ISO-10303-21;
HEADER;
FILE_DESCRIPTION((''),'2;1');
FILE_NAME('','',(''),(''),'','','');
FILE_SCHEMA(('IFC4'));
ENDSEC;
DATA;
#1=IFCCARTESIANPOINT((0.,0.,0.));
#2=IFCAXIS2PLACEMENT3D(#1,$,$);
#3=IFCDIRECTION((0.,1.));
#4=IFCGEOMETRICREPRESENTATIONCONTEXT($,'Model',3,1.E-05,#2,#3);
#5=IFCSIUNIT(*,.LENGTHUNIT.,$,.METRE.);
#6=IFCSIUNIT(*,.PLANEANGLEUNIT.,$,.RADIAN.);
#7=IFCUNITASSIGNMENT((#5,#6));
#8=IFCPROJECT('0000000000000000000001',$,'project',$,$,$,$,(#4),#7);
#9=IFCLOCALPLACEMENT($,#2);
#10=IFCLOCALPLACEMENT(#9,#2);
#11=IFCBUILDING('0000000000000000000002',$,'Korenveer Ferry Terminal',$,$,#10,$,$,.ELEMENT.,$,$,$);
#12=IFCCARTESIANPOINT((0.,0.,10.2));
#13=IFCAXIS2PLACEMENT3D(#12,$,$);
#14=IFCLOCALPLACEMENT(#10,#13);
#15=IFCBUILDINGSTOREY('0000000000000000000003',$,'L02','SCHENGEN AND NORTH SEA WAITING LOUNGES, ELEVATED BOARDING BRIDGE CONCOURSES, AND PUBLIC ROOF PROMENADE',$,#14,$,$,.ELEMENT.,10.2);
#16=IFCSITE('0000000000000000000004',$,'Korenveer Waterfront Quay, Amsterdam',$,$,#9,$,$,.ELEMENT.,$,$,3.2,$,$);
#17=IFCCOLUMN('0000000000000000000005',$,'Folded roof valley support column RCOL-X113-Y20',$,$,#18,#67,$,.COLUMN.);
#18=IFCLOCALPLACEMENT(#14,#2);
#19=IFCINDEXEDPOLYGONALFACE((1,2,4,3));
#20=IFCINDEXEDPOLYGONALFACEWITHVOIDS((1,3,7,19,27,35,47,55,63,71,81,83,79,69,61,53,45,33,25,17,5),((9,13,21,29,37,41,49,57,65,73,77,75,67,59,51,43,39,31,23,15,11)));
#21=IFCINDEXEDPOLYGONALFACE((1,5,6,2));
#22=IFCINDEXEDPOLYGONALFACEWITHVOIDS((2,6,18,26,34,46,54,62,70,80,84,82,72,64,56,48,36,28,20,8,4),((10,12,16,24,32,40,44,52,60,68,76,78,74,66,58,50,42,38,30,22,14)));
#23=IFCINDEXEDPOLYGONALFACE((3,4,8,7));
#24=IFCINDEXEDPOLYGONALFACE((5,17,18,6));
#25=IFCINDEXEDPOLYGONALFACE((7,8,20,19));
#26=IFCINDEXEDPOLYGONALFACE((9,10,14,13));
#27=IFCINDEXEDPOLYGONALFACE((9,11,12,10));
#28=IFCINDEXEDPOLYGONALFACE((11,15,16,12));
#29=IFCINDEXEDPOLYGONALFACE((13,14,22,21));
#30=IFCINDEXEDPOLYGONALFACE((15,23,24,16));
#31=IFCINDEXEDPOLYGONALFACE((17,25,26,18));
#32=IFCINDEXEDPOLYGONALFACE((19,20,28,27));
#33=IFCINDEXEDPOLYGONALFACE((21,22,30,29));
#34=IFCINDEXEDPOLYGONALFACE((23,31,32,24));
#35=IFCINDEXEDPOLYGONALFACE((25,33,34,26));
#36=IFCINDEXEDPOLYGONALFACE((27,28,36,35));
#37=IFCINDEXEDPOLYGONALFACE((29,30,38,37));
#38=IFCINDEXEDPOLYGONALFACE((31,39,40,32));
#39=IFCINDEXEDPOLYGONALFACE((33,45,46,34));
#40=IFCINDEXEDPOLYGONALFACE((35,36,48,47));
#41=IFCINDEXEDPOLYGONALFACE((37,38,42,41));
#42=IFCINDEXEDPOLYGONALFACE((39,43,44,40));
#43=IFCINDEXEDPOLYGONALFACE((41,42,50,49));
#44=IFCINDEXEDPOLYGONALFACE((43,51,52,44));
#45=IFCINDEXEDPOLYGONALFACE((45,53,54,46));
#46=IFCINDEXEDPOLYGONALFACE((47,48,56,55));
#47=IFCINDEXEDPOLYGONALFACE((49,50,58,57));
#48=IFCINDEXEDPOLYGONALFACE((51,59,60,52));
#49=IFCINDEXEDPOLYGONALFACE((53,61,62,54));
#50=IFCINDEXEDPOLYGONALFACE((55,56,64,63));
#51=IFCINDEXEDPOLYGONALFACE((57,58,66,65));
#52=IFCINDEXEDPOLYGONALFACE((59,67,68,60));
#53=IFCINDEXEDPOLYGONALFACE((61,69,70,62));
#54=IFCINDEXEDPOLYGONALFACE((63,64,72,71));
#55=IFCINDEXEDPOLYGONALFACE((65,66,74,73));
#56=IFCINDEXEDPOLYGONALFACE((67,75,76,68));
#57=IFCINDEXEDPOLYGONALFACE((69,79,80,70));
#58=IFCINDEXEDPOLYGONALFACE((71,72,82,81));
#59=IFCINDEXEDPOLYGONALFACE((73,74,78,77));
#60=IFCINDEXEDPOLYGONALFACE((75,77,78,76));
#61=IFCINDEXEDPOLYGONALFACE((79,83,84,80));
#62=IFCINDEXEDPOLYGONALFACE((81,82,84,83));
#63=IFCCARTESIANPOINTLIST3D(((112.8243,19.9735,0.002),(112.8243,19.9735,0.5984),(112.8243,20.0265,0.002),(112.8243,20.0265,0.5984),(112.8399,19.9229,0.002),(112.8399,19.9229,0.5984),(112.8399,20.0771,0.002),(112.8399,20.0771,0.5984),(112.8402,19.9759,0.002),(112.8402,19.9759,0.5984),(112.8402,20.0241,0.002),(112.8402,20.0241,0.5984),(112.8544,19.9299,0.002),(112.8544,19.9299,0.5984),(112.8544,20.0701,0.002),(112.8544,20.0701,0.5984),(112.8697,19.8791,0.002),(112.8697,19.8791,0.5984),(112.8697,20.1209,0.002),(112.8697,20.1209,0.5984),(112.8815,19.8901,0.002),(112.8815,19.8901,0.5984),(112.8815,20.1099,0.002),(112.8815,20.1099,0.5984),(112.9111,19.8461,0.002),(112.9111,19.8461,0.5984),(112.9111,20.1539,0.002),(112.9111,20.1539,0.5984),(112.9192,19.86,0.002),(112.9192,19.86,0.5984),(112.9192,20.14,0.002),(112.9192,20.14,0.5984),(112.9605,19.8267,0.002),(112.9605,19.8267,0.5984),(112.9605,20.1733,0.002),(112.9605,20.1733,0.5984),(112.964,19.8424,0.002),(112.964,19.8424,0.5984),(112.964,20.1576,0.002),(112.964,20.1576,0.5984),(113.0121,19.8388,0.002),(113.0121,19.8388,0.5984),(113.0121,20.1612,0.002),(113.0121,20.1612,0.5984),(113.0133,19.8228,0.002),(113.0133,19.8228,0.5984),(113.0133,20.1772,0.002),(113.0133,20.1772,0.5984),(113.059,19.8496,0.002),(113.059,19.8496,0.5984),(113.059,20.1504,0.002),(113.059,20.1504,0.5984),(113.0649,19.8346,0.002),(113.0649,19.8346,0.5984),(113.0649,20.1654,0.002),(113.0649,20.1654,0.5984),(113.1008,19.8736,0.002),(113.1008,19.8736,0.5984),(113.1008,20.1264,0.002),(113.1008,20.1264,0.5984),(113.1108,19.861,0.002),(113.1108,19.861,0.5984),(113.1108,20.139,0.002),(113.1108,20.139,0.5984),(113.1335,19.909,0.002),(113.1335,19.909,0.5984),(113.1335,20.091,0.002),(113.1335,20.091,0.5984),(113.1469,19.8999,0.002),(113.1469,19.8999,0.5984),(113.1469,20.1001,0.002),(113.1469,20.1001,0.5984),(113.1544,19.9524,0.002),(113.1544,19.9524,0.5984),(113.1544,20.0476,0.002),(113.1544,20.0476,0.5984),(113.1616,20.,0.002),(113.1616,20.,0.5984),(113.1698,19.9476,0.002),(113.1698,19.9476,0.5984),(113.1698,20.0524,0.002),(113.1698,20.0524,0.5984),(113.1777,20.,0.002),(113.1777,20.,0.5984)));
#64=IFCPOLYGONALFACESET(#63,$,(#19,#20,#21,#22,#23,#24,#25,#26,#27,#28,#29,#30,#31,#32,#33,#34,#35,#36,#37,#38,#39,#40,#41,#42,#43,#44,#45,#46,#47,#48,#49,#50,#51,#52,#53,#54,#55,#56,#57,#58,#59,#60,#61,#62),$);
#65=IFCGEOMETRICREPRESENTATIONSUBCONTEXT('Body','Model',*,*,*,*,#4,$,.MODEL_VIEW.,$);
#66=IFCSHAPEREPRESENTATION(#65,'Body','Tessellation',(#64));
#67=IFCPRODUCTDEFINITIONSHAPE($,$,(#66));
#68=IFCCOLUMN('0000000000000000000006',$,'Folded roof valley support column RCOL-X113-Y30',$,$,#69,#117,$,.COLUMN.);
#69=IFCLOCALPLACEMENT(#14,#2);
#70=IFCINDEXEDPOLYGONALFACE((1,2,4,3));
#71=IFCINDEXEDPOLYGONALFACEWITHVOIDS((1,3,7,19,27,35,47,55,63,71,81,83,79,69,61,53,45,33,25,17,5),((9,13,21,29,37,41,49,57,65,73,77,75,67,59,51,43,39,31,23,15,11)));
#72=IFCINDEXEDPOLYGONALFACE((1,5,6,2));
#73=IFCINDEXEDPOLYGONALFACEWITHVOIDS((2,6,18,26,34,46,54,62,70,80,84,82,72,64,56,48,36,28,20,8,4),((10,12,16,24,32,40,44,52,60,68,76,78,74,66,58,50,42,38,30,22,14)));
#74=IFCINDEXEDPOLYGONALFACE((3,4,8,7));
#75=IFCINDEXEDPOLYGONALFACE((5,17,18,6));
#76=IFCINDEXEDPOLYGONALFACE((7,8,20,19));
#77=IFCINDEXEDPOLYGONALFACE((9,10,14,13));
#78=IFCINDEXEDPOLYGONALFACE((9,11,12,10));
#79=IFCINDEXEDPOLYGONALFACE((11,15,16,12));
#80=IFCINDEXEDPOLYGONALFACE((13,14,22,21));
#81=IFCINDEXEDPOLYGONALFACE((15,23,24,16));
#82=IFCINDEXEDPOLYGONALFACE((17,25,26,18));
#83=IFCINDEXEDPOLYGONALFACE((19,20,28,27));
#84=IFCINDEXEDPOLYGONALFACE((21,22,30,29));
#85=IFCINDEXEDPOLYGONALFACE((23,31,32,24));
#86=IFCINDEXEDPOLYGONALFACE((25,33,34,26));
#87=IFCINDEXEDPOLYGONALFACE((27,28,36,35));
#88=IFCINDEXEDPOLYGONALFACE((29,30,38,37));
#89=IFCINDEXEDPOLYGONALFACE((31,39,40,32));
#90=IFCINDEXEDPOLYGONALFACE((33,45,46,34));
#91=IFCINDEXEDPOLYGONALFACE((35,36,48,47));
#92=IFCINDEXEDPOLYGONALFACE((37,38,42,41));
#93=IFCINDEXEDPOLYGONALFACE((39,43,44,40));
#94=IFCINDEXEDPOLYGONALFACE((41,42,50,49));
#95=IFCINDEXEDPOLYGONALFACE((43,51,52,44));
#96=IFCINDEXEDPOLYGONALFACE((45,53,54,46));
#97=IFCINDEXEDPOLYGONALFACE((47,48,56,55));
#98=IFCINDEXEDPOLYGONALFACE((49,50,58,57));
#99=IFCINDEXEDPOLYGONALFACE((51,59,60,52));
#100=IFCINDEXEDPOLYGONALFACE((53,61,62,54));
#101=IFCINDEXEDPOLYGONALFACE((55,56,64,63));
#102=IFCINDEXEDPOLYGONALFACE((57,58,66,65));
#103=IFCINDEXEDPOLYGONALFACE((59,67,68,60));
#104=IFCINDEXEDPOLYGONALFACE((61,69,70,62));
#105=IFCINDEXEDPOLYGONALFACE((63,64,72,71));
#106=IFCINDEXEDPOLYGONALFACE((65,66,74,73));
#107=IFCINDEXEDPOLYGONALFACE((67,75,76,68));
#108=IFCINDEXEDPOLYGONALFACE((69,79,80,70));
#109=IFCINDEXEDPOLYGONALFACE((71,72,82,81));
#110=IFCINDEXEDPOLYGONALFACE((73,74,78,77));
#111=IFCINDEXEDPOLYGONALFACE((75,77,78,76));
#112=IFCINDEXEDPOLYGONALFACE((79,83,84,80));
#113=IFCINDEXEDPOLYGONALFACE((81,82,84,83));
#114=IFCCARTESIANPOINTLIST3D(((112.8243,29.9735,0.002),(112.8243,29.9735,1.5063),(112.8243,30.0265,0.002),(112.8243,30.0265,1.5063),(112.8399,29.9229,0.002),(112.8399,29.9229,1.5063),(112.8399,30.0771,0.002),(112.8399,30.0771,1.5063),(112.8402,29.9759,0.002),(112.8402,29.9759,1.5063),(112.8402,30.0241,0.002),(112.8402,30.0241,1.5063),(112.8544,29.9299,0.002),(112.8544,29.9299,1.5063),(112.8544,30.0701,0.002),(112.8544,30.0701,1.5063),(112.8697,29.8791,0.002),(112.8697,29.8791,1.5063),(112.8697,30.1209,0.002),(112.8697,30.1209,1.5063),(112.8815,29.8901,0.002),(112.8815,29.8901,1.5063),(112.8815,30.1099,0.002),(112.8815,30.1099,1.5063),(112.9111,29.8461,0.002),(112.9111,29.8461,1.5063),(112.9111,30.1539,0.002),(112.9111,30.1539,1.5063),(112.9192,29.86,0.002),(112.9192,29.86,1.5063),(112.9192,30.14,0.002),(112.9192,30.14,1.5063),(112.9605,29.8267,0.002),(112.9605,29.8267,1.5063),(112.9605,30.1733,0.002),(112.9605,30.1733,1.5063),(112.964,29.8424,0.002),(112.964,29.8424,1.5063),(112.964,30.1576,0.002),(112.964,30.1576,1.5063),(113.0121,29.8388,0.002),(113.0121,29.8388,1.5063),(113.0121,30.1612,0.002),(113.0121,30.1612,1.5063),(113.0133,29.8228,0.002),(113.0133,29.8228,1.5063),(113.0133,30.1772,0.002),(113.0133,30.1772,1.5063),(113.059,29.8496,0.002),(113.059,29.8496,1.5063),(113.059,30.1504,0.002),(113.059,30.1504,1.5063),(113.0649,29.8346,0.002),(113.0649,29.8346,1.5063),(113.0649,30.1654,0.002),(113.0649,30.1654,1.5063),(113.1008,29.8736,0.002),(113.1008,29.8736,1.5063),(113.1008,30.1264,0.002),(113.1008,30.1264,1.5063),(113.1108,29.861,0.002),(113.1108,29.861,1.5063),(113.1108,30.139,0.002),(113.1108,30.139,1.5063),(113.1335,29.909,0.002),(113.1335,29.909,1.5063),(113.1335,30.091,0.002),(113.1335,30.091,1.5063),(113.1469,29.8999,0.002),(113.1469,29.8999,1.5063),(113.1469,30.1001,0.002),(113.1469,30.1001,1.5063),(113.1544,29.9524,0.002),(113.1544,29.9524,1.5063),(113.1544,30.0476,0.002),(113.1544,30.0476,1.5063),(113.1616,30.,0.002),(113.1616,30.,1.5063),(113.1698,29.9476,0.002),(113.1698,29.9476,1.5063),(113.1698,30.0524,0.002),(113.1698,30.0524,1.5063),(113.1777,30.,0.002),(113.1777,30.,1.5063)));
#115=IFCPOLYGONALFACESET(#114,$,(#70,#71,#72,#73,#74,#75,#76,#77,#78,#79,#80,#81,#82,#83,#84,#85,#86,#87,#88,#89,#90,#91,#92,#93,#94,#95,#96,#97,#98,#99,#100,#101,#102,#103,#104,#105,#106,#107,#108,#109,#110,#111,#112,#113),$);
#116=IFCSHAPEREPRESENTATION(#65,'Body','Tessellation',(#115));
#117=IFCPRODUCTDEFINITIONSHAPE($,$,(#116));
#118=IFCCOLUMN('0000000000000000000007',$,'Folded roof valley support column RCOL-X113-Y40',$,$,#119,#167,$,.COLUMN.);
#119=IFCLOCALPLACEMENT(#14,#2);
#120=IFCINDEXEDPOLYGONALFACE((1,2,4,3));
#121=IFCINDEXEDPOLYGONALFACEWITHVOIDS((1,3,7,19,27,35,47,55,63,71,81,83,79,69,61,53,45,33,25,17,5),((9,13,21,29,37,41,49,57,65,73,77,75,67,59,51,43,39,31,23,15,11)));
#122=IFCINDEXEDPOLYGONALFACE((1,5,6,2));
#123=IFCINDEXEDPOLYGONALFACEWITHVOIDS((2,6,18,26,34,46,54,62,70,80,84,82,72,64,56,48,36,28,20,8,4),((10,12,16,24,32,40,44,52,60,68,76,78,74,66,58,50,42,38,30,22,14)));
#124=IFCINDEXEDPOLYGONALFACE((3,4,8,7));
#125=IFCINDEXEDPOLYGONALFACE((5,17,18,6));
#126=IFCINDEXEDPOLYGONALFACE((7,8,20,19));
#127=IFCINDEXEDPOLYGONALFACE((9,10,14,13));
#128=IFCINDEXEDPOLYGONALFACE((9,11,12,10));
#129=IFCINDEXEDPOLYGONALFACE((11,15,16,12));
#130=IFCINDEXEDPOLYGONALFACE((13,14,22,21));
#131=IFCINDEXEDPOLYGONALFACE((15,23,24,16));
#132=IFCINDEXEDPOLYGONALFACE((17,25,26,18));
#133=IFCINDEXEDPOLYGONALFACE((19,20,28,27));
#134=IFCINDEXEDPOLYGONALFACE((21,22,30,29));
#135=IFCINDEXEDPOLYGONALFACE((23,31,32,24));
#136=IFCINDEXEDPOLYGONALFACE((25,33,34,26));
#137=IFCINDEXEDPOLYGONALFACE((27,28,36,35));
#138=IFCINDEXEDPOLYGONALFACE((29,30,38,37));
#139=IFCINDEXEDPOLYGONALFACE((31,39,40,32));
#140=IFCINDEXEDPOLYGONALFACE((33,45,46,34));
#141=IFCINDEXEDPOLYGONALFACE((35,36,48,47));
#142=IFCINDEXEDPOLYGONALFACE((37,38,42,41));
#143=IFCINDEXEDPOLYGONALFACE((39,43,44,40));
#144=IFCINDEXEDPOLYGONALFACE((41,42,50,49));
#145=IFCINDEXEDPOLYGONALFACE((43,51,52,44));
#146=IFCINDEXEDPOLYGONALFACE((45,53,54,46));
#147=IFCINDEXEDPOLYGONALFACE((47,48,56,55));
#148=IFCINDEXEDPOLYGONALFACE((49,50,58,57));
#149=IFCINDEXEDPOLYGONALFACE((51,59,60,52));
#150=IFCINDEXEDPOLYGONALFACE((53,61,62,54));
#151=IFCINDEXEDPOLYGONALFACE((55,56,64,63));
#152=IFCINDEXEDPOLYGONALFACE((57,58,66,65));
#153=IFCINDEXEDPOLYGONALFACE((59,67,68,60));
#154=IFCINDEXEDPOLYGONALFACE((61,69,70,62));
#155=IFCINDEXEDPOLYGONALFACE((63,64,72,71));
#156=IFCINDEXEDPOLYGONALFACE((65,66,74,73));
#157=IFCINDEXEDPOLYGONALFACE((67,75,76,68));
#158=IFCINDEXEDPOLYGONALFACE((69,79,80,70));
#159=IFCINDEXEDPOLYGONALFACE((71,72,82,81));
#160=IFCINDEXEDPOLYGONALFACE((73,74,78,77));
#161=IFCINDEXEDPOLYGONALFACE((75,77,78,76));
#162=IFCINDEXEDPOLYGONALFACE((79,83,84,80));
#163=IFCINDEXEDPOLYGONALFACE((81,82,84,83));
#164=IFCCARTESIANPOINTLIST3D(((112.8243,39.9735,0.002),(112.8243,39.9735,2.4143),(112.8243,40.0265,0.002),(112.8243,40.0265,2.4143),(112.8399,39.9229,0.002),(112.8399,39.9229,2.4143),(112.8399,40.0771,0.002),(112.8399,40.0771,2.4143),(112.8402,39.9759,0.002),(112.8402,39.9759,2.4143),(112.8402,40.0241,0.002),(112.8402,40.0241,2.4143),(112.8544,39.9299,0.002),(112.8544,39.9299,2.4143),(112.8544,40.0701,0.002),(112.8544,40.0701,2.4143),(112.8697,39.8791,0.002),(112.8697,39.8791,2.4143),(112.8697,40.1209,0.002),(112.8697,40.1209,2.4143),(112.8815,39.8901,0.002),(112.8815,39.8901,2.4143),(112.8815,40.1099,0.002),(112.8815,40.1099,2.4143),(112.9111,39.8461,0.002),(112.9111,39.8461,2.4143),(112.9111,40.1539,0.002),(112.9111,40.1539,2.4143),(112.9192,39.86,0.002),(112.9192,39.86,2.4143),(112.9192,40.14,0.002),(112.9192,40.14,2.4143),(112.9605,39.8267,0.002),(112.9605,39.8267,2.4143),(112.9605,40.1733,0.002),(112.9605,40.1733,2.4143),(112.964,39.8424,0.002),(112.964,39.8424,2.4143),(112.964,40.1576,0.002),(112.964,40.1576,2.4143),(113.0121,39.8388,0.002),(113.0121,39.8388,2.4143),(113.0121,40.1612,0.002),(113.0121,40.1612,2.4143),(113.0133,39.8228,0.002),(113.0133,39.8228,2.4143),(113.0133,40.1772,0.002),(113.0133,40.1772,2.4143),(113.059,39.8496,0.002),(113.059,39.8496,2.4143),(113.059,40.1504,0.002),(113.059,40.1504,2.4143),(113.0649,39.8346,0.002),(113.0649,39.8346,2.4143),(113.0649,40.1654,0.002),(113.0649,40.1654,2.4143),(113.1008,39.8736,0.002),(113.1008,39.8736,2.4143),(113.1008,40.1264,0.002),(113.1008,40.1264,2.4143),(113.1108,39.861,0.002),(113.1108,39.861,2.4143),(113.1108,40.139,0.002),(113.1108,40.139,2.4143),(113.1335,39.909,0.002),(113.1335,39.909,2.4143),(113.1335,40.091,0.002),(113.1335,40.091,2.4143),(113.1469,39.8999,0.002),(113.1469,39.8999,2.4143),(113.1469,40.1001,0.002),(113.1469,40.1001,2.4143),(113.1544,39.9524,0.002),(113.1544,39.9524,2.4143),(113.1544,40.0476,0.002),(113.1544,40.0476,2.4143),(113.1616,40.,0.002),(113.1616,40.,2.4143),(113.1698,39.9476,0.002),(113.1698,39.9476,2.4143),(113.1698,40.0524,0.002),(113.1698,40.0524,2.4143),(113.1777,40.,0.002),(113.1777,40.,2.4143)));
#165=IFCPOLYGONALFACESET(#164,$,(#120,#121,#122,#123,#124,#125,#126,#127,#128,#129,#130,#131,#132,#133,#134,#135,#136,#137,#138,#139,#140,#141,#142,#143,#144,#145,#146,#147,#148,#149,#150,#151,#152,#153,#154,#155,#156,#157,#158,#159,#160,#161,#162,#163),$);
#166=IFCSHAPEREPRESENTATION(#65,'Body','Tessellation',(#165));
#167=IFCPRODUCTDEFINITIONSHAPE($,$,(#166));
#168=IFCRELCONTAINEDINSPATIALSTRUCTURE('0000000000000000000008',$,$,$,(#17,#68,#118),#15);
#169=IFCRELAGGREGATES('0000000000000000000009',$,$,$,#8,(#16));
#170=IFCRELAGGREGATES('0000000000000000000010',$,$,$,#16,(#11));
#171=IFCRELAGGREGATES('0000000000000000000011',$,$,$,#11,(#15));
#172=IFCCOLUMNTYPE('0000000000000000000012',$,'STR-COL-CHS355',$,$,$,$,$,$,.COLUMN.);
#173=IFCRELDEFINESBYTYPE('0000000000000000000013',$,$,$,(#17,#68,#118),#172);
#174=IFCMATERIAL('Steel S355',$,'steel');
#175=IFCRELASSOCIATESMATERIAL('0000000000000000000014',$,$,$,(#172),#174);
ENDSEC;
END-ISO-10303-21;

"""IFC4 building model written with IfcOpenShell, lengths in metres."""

from ifc_helpers import new_model, si_unit, direction, frame, origin, origin_2d, place, context, subcontext, project, spatial, hollow_circle, extrude, material, material_profile, profile_set, type_object, element, save


model = new_model("IFC4")

# Units and contexts
model_context = context("Model", 3, precision=1e-05, world=origin(), true_north=direction((0.0, 1.0)))
body_context = subcontext(model_context, "Body", "Model", "MODEL_VIEW")
ifc_project = project(units=[si_unit("LENGTHUNIT", "METRE"), si_unit("PLANEANGLEUNIT", "RADIAN")], contexts=[model_context])

# Site, building, storey
site_placement = place(None, origin())
site = spatial("IfcSite", under=ifc_project, at=site_placement, Name="Korenveer Waterfront Quay, Amsterdam", CompositionType="ELEMENT", RefElevation=3.2)
building_placement = place(site_placement, origin())
building = spatial("IfcBuilding", under=site, at=building_placement, Name="Korenveer Ferry Terminal", CompositionType="ELEMENT")
storey_placement = place(building_placement, frame((0.0, 0.0, 10.2)))
storey = spatial("IfcBuildingStorey", under=building, at=storey_placement, Name="L02", Description="SCHENGEN AND NORTH SEA WAITING LOUNGES, ELEVATED BOARDING BRIDGE CONCOURSES, AND PUBLIC ROOF PROMENADE", CompositionType="ELEMENT", Elevation=10.2)

# Columns
ifc_material_1 = material(Name="Steel S355", Category="steel")
ifc_material_profile_1 = material_profile(ifc_material_1, hollow_circle(Radius=0.1777, WallThickness=0.0161, at=origin_2d()), Name="CHS 355.6x16")
ifc_profile_set_1 = profile_set([ifc_material_profile_1], Name="Steel S355")
column_type_1 = type_object("IfcColumnType", Name="STR-COL-CHS355", PredefinedType="COLUMN", material=ifc_profile_set_1)
column_1_placement = place(storey_placement, frame((113.0, 20.0, 0.002), z_axis=(0.0, 0.0, 1.0), x_axis=(1.0, 0.0, 0.0)))
element("IfcColumn", 1, at=column_1_placement, inside=storey, type_object=column_type_1, Name="Folded roof valley support column RCOL-X113-Y20", PredefinedType="COLUMN", context=body_context, shape_type="SweptSolid", body=[
    extrude(hollow_circle(Radius=0.1777, WallThickness=0.0161, at=origin_2d()), origin(), (0.0, 0.0, 1.0), 0.5964),
])
column_2_placement = place(storey_placement, frame((113.0, 30.0, 0.002), z_axis=(0.0, 0.0, 1.0), x_axis=(1.0, 0.0, 0.0)))
element("IfcColumn", 2, at=column_2_placement, inside=storey, type_object=column_type_1, Name="Folded roof valley support column RCOL-X113-Y30", PredefinedType="COLUMN", context=body_context, shape_type="SweptSolid", body=[
    extrude(hollow_circle(Radius=0.1777, WallThickness=0.0161, at=origin_2d()), origin(), (0.0, 0.0, 1.0), 1.5044),
])
for number, where, z_axis, x_axis, name in (
    (3, (113.0, 40.0, 0.002), (0.0, 0.0, 1.0), (1.0, 0.0, 0.0), "Folded roof valley support column RCOL-X113-Y40"),
):
    element("IfcColumn", number, at=place(storey_placement, frame(where, z_axis=z_axis, x_axis=x_axis)), inside=storey, type_object=column_type_1, Name=name, PredefinedType="COLUMN", context=body_context, shape_type="SweptSolid", body=[
        extrude(hollow_circle(Radius=0.1777, WallThickness=0.0161, at=origin_2d()), origin(), (0.0, 0.0, 1.0), 2.4124),
    ])

save(model, "model.ifc")
